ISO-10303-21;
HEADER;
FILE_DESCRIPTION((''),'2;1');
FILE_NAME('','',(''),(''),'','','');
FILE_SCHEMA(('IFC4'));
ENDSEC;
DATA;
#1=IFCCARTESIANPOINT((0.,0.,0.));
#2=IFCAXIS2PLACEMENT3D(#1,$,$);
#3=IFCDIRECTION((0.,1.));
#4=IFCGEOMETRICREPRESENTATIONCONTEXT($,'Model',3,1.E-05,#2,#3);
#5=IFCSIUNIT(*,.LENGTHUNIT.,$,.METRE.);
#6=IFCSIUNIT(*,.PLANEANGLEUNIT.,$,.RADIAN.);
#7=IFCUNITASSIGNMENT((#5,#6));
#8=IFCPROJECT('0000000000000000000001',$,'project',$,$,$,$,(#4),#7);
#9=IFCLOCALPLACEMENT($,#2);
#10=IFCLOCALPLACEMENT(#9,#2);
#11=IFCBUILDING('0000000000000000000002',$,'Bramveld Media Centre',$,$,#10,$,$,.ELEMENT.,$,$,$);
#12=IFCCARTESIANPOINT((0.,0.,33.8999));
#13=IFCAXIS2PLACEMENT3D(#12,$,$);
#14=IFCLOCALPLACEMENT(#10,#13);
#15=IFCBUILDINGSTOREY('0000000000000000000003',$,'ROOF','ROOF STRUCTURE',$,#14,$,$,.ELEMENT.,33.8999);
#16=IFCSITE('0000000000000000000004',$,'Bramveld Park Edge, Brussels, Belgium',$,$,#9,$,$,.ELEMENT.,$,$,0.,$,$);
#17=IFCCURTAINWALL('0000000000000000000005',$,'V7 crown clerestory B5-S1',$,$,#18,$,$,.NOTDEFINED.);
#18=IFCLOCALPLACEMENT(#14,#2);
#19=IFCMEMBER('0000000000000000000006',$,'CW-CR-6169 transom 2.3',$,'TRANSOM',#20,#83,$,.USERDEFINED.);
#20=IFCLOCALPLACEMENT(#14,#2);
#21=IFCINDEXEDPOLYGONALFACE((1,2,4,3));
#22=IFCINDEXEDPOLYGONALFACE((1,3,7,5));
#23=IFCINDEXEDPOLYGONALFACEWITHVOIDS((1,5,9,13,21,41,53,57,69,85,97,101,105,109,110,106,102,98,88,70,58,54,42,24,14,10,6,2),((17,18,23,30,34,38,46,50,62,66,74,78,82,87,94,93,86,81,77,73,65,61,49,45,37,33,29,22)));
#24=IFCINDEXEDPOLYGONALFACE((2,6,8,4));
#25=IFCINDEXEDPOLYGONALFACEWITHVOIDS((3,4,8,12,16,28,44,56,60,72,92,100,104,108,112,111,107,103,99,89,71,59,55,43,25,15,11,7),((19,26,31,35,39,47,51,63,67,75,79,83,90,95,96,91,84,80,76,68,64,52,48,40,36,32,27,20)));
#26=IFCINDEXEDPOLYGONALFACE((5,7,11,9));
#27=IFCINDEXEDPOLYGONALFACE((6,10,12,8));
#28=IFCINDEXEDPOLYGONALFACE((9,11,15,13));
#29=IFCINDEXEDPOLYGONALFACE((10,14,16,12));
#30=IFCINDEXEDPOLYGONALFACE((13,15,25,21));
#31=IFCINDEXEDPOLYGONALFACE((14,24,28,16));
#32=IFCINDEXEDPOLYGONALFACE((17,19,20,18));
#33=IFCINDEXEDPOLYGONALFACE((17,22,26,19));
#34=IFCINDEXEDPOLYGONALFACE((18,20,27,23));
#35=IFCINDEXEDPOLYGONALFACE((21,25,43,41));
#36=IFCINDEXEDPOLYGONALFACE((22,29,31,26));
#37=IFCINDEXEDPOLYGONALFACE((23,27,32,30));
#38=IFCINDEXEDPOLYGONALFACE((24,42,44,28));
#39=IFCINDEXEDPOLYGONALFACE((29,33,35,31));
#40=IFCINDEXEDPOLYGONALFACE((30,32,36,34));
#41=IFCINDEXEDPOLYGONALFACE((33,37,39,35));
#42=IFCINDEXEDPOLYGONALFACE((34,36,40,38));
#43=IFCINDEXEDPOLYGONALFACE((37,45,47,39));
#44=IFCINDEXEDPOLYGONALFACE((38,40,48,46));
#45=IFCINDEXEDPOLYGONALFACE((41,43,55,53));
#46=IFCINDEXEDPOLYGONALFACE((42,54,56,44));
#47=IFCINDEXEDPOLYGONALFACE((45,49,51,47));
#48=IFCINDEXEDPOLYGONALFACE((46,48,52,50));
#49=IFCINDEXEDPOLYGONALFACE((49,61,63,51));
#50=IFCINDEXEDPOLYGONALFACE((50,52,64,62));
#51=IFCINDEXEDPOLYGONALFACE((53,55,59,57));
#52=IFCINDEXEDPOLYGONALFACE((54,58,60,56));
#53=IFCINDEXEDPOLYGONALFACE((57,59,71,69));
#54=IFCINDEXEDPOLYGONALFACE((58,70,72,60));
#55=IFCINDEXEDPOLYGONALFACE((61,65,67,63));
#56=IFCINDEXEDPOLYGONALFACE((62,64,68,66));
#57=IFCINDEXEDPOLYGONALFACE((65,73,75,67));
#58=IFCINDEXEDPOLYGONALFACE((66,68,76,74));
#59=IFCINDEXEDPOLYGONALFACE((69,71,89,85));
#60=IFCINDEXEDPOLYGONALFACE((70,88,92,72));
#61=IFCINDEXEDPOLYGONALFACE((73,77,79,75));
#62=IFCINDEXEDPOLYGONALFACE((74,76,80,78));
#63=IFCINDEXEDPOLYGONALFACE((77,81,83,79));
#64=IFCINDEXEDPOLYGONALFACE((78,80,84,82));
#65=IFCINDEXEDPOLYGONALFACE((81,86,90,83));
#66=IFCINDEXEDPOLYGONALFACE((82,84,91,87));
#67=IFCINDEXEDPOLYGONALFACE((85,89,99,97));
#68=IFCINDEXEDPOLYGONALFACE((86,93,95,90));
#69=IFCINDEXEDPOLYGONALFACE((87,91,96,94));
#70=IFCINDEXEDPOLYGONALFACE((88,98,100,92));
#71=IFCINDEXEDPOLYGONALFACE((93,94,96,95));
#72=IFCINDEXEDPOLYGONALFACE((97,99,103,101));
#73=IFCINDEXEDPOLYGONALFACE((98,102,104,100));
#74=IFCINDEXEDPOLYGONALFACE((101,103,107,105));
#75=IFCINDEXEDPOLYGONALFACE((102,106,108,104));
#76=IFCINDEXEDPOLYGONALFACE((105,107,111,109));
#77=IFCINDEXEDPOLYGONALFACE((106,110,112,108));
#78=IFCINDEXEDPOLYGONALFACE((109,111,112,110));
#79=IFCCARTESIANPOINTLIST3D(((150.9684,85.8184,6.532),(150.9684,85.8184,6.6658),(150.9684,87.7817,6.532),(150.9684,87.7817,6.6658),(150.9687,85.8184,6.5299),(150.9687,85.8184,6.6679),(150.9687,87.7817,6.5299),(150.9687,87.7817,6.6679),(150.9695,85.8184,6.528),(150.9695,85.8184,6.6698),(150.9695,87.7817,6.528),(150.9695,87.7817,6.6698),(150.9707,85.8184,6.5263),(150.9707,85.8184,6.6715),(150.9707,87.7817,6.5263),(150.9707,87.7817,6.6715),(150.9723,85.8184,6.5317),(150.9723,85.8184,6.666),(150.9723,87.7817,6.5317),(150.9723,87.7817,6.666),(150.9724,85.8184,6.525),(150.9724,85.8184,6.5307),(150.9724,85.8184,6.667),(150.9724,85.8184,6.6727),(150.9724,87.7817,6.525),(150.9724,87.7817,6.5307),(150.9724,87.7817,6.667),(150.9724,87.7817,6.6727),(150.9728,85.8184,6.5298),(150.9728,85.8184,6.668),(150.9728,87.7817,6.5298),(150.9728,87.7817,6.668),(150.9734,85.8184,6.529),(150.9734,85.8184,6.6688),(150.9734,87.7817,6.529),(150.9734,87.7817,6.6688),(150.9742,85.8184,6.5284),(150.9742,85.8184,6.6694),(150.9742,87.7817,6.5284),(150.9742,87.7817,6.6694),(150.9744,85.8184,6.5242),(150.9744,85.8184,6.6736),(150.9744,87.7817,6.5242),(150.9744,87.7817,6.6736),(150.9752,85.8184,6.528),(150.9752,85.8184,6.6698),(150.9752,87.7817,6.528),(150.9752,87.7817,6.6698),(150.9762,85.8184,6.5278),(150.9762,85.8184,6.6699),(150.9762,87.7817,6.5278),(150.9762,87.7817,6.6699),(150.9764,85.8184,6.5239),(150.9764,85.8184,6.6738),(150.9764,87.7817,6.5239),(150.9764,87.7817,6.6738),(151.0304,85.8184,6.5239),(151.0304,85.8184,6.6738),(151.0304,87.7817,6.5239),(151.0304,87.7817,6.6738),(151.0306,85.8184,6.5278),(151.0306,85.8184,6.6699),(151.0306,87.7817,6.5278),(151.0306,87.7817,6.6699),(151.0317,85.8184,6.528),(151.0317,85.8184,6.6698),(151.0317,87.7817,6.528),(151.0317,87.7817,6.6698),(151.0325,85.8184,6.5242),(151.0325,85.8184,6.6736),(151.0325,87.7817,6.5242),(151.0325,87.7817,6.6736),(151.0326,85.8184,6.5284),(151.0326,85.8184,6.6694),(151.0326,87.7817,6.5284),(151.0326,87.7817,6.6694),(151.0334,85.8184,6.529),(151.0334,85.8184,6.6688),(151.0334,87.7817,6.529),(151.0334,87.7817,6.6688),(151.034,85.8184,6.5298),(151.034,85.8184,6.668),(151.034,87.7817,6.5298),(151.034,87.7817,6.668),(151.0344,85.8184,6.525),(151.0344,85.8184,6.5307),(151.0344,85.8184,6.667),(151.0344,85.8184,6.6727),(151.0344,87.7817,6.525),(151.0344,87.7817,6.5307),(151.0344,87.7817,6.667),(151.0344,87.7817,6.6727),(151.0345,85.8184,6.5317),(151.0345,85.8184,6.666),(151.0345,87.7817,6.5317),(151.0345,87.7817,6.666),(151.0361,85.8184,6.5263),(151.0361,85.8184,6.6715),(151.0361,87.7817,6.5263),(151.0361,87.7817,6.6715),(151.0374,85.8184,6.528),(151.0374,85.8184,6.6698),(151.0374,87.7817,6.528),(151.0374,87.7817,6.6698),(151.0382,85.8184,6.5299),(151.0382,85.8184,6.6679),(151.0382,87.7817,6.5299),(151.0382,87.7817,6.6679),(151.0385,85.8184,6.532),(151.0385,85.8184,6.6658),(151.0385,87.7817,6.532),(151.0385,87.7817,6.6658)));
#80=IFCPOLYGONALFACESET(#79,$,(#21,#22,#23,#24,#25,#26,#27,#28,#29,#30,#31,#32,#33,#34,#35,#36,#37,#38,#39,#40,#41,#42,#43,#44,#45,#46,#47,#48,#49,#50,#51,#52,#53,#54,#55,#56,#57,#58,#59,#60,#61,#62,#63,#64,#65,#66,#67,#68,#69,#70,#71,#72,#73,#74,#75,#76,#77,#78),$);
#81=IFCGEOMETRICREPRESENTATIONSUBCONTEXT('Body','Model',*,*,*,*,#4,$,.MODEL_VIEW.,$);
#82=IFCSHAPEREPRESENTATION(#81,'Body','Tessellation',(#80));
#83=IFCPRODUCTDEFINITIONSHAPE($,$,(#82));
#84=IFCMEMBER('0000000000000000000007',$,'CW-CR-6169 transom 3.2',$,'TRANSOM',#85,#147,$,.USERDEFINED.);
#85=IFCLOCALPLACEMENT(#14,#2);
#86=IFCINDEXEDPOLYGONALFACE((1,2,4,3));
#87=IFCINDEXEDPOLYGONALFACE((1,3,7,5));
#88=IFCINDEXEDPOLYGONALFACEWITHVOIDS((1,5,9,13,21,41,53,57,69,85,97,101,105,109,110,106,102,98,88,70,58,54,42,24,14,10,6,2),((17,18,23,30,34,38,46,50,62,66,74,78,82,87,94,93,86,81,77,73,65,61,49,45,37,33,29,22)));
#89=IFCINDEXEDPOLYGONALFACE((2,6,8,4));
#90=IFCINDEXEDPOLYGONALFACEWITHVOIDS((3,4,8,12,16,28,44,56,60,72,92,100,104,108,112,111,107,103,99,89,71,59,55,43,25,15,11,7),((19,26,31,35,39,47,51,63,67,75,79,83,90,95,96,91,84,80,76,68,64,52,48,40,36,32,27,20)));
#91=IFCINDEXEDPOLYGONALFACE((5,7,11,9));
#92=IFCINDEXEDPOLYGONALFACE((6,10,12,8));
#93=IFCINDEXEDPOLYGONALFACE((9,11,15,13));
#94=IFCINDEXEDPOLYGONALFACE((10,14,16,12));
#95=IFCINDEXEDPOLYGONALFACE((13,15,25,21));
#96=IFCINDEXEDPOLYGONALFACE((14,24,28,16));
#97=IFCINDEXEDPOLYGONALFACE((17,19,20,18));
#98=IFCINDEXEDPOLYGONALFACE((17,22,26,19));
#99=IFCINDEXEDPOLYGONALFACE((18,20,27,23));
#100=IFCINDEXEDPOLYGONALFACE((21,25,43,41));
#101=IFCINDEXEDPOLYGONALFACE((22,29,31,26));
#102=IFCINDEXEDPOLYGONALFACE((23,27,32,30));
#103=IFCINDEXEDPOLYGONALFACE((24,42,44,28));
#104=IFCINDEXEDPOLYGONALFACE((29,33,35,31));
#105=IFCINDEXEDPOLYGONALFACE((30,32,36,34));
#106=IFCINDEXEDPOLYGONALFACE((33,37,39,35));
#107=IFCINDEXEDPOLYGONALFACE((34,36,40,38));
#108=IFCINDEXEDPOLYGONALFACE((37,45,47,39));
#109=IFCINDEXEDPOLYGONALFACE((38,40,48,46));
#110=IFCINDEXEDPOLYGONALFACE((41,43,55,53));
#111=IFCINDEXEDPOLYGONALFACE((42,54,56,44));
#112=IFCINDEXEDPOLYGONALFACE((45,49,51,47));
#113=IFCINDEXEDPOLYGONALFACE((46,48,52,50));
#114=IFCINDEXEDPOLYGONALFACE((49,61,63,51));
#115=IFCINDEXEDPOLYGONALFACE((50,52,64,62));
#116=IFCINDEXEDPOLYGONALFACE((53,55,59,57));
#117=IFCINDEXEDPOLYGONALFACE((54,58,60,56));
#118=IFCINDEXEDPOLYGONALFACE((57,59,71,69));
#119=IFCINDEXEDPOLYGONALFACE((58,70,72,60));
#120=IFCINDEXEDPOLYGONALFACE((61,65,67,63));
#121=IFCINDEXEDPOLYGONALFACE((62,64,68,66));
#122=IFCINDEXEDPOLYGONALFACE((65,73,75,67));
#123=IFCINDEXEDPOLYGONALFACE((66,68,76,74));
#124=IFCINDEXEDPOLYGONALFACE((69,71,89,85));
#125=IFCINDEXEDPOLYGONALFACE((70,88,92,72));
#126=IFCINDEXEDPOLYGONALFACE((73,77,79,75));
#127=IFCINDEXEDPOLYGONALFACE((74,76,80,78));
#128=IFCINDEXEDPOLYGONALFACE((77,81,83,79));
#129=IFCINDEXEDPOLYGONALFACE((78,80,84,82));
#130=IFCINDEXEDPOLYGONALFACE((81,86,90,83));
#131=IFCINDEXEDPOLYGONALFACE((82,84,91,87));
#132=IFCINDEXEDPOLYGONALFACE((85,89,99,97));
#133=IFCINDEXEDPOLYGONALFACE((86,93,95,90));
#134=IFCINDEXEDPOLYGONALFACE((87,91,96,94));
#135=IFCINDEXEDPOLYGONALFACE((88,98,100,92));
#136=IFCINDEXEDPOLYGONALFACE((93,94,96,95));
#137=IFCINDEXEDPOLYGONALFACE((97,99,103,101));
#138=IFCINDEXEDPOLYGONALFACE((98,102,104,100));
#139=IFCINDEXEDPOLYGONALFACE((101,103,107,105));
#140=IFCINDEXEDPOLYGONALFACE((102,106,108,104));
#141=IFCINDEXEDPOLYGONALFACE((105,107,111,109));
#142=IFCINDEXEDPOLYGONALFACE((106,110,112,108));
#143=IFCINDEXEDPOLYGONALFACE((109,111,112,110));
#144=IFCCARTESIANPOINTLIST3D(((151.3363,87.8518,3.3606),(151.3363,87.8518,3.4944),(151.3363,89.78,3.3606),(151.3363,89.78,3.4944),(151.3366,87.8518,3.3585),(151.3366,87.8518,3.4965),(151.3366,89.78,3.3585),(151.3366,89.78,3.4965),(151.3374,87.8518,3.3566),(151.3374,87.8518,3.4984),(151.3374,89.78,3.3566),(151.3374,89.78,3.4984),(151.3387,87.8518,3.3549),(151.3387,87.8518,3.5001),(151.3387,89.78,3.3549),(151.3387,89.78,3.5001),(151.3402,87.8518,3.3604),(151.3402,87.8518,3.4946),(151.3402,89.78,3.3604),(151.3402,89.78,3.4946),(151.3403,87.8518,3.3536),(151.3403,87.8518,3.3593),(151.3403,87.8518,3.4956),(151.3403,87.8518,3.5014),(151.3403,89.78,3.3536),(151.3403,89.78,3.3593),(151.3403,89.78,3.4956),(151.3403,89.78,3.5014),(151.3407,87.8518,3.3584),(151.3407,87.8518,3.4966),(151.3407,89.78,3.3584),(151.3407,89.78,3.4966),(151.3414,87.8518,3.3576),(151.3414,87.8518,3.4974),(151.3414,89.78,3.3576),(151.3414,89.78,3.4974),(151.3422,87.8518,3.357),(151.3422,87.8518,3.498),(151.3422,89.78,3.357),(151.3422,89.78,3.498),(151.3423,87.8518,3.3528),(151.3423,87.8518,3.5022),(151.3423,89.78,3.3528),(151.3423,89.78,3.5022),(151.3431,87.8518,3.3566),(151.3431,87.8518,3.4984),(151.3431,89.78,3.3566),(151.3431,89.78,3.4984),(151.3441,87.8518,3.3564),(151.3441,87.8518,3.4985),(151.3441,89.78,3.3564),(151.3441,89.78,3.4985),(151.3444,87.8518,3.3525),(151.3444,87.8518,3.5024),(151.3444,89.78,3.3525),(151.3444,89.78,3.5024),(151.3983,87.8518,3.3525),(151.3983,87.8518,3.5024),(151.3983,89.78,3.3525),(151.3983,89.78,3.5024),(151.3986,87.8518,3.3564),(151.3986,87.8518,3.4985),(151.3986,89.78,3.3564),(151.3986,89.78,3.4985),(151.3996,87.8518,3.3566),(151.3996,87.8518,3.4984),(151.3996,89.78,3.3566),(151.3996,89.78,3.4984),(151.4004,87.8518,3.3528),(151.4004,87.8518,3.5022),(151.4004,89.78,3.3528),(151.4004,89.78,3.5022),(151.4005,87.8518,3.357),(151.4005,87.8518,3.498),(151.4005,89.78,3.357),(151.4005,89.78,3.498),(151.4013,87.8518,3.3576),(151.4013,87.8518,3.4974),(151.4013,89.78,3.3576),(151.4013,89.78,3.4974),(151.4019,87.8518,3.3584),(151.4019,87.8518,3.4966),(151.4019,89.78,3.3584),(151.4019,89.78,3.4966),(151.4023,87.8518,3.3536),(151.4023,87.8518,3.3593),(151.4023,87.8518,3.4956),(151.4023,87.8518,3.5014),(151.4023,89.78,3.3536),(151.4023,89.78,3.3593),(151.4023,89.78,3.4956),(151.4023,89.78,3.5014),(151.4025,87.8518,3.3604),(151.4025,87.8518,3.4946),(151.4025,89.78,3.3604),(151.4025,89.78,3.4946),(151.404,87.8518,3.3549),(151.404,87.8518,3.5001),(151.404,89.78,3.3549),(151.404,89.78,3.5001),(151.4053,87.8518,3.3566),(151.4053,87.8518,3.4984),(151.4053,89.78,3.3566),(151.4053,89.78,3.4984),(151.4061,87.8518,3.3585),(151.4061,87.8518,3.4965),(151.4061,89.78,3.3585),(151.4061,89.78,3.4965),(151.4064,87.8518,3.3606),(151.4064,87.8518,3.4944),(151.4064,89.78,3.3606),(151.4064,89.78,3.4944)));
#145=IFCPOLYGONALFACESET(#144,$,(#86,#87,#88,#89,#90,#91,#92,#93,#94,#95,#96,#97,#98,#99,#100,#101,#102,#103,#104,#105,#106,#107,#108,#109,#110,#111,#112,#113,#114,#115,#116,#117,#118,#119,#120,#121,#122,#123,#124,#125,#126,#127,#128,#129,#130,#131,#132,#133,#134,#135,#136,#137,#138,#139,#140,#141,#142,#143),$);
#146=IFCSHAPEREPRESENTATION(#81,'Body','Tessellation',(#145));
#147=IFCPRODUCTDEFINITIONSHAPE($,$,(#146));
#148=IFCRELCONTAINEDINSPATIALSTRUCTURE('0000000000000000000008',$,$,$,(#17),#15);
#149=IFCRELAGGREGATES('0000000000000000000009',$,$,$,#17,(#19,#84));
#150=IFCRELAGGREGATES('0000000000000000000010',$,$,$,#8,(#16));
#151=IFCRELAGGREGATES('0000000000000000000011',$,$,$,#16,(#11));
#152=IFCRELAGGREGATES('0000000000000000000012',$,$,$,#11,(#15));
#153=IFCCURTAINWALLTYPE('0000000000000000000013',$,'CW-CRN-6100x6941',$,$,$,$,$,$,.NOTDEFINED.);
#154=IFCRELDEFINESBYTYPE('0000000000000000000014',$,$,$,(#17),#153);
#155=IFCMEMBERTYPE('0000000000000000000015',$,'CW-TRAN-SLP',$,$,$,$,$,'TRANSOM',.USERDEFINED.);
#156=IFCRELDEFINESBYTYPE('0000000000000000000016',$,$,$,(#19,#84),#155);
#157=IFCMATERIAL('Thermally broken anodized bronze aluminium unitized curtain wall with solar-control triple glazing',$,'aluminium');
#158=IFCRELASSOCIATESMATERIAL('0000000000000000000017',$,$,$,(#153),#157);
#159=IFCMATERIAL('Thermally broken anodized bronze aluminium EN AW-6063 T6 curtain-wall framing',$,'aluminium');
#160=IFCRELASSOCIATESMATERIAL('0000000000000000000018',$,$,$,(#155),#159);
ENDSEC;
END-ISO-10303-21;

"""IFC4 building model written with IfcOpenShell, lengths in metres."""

from ifc_helpers import new_model, si_unit, direction, frame, origin, origin_2d, place, context, subcontext, project, spatial, hollow_rectangle, extrude, material, material_profile, profile_set, type_object, element, aggregate, save


model = new_model("IFC4")

# Units and contexts
model_context = context("Model", 3, precision=1e-05, world=origin(), true_north=direction((0.0, 1.0)))
body_context = subcontext(model_context, "Body", "Model", "MODEL_VIEW")
ifc_project = project(units=[si_unit("LENGTHUNIT", "METRE"), si_unit("PLANEANGLEUNIT", "RADIAN")], contexts=[model_context])

# Site, building, storey
site_placement = place(None, origin())
site = spatial("IfcSite", under=ifc_project, at=site_placement, Name="Bramveld Park Edge, Brussels, Belgium", CompositionType="ELEMENT", RefElevation=0.0)
building_placement = place(site_placement, origin())
building = spatial("IfcBuilding", under=site, at=building_placement, Name="Bramveld Media Centre", CompositionType="ELEMENT")
storey_placement = place(building_placement, frame((0.0, 0.0, 33.8999)))
storey = spatial("IfcBuildingStorey", under=building, at=storey_placement, Name="ROOF", Description="ROOF STRUCTURE", CompositionType="ELEMENT", Elevation=33.8999)

# Curtain wall, members
ifc_material_1 = material(Name="Thermally broken anodized bronze aluminium unitized curtain wall with solar-control triple glazing", Category="aluminium")
curtain_wall_type = type_object("IfcCurtainWallType", Name="CW-CRN-6100x6941", PredefinedType="NOTDEFINED", material=ifc_material_1)
ifc_material_2 = material(Name="Thermally broken anodized bronze aluminium EN AW-6063 T6 curtain-wall framing", Category="aluminium")
ifc_material_profile_1 = material_profile(ifc_material_2, hollow_rectangle(XDim=0.0701, YDim=0.1499, WallThickness=0.0039, InnerFilletRadius=0.0039, OuterFilletRadius=0.0081, at=origin_2d()), Name="AL-TRAN 70x150")
ifc_profile_set_1 = profile_set([ifc_material_profile_1], Name="Thermally broken anodized bronze aluminium EN AW-6063 T6 curtain-wall framing")
member_type_1 = type_object("IfcMemberType", Name="CW-TRAN-SLP", ElementType="TRANSOM", PredefinedType="USERDEFINED", material=ifc_profile_set_1)
curtain_wall_1_placement = place(storey_placement, origin())
curtain_wall_1 = element("IfcCurtainWall", 1, at=curtain_wall_1_placement, inside=storey, type_object=curtain_wall_type, Name="V7 crown clerestory B5-S1", PredefinedType="NOTDEFINED")
member_1_placement = place(storey_placement, frame((151.0034, 85.8184, 6.5989), z_axis=(0.0, 1.0, 0.0), x_axis=(-1.0, 0.0, 0.0)))
member_1 = element("IfcMember", 2, at=member_1_placement, type_object=member_type_1, Name="CW-CR-6169 transom 2.3", ObjectType="TRANSOM", PredefinedType="USERDEFINED", context=body_context, shape_type="SweptSolid", body=[
    extrude(hollow_rectangle(XDim=0.0701, YDim=0.1499, WallThickness=0.0039, InnerFilletRadius=0.0039, OuterFilletRadius=0.0081, at=origin_2d()), origin(), (0.0, 0.0, 1.0), 1.9634),
])
member_2_placement = place(storey_placement, frame((151.3713, 87.8518, 3.4275), z_axis=(0.0, 1.0, 0.0), x_axis=(-1.0, 0.0, 0.0)))
member_2 = element("IfcMember", 3, at=member_2_placement, type_object=member_type_1, Name="CW-CR-6169 transom 3.2", ObjectType="TRANSOM", PredefinedType="USERDEFINED", context=body_context, shape_type="SweptSolid", body=[
    extrude(hollow_rectangle(XDim=0.0701, YDim=0.1499, WallThickness=0.0039, InnerFilletRadius=0.0039, OuterFilletRadius=0.0081, at=origin_2d()), origin(), (0.0, 0.0, 1.0), 1.9282),
])

aggregate(curtain_wall_1, [member_1, member_2])

save(model, "model.ifc")
